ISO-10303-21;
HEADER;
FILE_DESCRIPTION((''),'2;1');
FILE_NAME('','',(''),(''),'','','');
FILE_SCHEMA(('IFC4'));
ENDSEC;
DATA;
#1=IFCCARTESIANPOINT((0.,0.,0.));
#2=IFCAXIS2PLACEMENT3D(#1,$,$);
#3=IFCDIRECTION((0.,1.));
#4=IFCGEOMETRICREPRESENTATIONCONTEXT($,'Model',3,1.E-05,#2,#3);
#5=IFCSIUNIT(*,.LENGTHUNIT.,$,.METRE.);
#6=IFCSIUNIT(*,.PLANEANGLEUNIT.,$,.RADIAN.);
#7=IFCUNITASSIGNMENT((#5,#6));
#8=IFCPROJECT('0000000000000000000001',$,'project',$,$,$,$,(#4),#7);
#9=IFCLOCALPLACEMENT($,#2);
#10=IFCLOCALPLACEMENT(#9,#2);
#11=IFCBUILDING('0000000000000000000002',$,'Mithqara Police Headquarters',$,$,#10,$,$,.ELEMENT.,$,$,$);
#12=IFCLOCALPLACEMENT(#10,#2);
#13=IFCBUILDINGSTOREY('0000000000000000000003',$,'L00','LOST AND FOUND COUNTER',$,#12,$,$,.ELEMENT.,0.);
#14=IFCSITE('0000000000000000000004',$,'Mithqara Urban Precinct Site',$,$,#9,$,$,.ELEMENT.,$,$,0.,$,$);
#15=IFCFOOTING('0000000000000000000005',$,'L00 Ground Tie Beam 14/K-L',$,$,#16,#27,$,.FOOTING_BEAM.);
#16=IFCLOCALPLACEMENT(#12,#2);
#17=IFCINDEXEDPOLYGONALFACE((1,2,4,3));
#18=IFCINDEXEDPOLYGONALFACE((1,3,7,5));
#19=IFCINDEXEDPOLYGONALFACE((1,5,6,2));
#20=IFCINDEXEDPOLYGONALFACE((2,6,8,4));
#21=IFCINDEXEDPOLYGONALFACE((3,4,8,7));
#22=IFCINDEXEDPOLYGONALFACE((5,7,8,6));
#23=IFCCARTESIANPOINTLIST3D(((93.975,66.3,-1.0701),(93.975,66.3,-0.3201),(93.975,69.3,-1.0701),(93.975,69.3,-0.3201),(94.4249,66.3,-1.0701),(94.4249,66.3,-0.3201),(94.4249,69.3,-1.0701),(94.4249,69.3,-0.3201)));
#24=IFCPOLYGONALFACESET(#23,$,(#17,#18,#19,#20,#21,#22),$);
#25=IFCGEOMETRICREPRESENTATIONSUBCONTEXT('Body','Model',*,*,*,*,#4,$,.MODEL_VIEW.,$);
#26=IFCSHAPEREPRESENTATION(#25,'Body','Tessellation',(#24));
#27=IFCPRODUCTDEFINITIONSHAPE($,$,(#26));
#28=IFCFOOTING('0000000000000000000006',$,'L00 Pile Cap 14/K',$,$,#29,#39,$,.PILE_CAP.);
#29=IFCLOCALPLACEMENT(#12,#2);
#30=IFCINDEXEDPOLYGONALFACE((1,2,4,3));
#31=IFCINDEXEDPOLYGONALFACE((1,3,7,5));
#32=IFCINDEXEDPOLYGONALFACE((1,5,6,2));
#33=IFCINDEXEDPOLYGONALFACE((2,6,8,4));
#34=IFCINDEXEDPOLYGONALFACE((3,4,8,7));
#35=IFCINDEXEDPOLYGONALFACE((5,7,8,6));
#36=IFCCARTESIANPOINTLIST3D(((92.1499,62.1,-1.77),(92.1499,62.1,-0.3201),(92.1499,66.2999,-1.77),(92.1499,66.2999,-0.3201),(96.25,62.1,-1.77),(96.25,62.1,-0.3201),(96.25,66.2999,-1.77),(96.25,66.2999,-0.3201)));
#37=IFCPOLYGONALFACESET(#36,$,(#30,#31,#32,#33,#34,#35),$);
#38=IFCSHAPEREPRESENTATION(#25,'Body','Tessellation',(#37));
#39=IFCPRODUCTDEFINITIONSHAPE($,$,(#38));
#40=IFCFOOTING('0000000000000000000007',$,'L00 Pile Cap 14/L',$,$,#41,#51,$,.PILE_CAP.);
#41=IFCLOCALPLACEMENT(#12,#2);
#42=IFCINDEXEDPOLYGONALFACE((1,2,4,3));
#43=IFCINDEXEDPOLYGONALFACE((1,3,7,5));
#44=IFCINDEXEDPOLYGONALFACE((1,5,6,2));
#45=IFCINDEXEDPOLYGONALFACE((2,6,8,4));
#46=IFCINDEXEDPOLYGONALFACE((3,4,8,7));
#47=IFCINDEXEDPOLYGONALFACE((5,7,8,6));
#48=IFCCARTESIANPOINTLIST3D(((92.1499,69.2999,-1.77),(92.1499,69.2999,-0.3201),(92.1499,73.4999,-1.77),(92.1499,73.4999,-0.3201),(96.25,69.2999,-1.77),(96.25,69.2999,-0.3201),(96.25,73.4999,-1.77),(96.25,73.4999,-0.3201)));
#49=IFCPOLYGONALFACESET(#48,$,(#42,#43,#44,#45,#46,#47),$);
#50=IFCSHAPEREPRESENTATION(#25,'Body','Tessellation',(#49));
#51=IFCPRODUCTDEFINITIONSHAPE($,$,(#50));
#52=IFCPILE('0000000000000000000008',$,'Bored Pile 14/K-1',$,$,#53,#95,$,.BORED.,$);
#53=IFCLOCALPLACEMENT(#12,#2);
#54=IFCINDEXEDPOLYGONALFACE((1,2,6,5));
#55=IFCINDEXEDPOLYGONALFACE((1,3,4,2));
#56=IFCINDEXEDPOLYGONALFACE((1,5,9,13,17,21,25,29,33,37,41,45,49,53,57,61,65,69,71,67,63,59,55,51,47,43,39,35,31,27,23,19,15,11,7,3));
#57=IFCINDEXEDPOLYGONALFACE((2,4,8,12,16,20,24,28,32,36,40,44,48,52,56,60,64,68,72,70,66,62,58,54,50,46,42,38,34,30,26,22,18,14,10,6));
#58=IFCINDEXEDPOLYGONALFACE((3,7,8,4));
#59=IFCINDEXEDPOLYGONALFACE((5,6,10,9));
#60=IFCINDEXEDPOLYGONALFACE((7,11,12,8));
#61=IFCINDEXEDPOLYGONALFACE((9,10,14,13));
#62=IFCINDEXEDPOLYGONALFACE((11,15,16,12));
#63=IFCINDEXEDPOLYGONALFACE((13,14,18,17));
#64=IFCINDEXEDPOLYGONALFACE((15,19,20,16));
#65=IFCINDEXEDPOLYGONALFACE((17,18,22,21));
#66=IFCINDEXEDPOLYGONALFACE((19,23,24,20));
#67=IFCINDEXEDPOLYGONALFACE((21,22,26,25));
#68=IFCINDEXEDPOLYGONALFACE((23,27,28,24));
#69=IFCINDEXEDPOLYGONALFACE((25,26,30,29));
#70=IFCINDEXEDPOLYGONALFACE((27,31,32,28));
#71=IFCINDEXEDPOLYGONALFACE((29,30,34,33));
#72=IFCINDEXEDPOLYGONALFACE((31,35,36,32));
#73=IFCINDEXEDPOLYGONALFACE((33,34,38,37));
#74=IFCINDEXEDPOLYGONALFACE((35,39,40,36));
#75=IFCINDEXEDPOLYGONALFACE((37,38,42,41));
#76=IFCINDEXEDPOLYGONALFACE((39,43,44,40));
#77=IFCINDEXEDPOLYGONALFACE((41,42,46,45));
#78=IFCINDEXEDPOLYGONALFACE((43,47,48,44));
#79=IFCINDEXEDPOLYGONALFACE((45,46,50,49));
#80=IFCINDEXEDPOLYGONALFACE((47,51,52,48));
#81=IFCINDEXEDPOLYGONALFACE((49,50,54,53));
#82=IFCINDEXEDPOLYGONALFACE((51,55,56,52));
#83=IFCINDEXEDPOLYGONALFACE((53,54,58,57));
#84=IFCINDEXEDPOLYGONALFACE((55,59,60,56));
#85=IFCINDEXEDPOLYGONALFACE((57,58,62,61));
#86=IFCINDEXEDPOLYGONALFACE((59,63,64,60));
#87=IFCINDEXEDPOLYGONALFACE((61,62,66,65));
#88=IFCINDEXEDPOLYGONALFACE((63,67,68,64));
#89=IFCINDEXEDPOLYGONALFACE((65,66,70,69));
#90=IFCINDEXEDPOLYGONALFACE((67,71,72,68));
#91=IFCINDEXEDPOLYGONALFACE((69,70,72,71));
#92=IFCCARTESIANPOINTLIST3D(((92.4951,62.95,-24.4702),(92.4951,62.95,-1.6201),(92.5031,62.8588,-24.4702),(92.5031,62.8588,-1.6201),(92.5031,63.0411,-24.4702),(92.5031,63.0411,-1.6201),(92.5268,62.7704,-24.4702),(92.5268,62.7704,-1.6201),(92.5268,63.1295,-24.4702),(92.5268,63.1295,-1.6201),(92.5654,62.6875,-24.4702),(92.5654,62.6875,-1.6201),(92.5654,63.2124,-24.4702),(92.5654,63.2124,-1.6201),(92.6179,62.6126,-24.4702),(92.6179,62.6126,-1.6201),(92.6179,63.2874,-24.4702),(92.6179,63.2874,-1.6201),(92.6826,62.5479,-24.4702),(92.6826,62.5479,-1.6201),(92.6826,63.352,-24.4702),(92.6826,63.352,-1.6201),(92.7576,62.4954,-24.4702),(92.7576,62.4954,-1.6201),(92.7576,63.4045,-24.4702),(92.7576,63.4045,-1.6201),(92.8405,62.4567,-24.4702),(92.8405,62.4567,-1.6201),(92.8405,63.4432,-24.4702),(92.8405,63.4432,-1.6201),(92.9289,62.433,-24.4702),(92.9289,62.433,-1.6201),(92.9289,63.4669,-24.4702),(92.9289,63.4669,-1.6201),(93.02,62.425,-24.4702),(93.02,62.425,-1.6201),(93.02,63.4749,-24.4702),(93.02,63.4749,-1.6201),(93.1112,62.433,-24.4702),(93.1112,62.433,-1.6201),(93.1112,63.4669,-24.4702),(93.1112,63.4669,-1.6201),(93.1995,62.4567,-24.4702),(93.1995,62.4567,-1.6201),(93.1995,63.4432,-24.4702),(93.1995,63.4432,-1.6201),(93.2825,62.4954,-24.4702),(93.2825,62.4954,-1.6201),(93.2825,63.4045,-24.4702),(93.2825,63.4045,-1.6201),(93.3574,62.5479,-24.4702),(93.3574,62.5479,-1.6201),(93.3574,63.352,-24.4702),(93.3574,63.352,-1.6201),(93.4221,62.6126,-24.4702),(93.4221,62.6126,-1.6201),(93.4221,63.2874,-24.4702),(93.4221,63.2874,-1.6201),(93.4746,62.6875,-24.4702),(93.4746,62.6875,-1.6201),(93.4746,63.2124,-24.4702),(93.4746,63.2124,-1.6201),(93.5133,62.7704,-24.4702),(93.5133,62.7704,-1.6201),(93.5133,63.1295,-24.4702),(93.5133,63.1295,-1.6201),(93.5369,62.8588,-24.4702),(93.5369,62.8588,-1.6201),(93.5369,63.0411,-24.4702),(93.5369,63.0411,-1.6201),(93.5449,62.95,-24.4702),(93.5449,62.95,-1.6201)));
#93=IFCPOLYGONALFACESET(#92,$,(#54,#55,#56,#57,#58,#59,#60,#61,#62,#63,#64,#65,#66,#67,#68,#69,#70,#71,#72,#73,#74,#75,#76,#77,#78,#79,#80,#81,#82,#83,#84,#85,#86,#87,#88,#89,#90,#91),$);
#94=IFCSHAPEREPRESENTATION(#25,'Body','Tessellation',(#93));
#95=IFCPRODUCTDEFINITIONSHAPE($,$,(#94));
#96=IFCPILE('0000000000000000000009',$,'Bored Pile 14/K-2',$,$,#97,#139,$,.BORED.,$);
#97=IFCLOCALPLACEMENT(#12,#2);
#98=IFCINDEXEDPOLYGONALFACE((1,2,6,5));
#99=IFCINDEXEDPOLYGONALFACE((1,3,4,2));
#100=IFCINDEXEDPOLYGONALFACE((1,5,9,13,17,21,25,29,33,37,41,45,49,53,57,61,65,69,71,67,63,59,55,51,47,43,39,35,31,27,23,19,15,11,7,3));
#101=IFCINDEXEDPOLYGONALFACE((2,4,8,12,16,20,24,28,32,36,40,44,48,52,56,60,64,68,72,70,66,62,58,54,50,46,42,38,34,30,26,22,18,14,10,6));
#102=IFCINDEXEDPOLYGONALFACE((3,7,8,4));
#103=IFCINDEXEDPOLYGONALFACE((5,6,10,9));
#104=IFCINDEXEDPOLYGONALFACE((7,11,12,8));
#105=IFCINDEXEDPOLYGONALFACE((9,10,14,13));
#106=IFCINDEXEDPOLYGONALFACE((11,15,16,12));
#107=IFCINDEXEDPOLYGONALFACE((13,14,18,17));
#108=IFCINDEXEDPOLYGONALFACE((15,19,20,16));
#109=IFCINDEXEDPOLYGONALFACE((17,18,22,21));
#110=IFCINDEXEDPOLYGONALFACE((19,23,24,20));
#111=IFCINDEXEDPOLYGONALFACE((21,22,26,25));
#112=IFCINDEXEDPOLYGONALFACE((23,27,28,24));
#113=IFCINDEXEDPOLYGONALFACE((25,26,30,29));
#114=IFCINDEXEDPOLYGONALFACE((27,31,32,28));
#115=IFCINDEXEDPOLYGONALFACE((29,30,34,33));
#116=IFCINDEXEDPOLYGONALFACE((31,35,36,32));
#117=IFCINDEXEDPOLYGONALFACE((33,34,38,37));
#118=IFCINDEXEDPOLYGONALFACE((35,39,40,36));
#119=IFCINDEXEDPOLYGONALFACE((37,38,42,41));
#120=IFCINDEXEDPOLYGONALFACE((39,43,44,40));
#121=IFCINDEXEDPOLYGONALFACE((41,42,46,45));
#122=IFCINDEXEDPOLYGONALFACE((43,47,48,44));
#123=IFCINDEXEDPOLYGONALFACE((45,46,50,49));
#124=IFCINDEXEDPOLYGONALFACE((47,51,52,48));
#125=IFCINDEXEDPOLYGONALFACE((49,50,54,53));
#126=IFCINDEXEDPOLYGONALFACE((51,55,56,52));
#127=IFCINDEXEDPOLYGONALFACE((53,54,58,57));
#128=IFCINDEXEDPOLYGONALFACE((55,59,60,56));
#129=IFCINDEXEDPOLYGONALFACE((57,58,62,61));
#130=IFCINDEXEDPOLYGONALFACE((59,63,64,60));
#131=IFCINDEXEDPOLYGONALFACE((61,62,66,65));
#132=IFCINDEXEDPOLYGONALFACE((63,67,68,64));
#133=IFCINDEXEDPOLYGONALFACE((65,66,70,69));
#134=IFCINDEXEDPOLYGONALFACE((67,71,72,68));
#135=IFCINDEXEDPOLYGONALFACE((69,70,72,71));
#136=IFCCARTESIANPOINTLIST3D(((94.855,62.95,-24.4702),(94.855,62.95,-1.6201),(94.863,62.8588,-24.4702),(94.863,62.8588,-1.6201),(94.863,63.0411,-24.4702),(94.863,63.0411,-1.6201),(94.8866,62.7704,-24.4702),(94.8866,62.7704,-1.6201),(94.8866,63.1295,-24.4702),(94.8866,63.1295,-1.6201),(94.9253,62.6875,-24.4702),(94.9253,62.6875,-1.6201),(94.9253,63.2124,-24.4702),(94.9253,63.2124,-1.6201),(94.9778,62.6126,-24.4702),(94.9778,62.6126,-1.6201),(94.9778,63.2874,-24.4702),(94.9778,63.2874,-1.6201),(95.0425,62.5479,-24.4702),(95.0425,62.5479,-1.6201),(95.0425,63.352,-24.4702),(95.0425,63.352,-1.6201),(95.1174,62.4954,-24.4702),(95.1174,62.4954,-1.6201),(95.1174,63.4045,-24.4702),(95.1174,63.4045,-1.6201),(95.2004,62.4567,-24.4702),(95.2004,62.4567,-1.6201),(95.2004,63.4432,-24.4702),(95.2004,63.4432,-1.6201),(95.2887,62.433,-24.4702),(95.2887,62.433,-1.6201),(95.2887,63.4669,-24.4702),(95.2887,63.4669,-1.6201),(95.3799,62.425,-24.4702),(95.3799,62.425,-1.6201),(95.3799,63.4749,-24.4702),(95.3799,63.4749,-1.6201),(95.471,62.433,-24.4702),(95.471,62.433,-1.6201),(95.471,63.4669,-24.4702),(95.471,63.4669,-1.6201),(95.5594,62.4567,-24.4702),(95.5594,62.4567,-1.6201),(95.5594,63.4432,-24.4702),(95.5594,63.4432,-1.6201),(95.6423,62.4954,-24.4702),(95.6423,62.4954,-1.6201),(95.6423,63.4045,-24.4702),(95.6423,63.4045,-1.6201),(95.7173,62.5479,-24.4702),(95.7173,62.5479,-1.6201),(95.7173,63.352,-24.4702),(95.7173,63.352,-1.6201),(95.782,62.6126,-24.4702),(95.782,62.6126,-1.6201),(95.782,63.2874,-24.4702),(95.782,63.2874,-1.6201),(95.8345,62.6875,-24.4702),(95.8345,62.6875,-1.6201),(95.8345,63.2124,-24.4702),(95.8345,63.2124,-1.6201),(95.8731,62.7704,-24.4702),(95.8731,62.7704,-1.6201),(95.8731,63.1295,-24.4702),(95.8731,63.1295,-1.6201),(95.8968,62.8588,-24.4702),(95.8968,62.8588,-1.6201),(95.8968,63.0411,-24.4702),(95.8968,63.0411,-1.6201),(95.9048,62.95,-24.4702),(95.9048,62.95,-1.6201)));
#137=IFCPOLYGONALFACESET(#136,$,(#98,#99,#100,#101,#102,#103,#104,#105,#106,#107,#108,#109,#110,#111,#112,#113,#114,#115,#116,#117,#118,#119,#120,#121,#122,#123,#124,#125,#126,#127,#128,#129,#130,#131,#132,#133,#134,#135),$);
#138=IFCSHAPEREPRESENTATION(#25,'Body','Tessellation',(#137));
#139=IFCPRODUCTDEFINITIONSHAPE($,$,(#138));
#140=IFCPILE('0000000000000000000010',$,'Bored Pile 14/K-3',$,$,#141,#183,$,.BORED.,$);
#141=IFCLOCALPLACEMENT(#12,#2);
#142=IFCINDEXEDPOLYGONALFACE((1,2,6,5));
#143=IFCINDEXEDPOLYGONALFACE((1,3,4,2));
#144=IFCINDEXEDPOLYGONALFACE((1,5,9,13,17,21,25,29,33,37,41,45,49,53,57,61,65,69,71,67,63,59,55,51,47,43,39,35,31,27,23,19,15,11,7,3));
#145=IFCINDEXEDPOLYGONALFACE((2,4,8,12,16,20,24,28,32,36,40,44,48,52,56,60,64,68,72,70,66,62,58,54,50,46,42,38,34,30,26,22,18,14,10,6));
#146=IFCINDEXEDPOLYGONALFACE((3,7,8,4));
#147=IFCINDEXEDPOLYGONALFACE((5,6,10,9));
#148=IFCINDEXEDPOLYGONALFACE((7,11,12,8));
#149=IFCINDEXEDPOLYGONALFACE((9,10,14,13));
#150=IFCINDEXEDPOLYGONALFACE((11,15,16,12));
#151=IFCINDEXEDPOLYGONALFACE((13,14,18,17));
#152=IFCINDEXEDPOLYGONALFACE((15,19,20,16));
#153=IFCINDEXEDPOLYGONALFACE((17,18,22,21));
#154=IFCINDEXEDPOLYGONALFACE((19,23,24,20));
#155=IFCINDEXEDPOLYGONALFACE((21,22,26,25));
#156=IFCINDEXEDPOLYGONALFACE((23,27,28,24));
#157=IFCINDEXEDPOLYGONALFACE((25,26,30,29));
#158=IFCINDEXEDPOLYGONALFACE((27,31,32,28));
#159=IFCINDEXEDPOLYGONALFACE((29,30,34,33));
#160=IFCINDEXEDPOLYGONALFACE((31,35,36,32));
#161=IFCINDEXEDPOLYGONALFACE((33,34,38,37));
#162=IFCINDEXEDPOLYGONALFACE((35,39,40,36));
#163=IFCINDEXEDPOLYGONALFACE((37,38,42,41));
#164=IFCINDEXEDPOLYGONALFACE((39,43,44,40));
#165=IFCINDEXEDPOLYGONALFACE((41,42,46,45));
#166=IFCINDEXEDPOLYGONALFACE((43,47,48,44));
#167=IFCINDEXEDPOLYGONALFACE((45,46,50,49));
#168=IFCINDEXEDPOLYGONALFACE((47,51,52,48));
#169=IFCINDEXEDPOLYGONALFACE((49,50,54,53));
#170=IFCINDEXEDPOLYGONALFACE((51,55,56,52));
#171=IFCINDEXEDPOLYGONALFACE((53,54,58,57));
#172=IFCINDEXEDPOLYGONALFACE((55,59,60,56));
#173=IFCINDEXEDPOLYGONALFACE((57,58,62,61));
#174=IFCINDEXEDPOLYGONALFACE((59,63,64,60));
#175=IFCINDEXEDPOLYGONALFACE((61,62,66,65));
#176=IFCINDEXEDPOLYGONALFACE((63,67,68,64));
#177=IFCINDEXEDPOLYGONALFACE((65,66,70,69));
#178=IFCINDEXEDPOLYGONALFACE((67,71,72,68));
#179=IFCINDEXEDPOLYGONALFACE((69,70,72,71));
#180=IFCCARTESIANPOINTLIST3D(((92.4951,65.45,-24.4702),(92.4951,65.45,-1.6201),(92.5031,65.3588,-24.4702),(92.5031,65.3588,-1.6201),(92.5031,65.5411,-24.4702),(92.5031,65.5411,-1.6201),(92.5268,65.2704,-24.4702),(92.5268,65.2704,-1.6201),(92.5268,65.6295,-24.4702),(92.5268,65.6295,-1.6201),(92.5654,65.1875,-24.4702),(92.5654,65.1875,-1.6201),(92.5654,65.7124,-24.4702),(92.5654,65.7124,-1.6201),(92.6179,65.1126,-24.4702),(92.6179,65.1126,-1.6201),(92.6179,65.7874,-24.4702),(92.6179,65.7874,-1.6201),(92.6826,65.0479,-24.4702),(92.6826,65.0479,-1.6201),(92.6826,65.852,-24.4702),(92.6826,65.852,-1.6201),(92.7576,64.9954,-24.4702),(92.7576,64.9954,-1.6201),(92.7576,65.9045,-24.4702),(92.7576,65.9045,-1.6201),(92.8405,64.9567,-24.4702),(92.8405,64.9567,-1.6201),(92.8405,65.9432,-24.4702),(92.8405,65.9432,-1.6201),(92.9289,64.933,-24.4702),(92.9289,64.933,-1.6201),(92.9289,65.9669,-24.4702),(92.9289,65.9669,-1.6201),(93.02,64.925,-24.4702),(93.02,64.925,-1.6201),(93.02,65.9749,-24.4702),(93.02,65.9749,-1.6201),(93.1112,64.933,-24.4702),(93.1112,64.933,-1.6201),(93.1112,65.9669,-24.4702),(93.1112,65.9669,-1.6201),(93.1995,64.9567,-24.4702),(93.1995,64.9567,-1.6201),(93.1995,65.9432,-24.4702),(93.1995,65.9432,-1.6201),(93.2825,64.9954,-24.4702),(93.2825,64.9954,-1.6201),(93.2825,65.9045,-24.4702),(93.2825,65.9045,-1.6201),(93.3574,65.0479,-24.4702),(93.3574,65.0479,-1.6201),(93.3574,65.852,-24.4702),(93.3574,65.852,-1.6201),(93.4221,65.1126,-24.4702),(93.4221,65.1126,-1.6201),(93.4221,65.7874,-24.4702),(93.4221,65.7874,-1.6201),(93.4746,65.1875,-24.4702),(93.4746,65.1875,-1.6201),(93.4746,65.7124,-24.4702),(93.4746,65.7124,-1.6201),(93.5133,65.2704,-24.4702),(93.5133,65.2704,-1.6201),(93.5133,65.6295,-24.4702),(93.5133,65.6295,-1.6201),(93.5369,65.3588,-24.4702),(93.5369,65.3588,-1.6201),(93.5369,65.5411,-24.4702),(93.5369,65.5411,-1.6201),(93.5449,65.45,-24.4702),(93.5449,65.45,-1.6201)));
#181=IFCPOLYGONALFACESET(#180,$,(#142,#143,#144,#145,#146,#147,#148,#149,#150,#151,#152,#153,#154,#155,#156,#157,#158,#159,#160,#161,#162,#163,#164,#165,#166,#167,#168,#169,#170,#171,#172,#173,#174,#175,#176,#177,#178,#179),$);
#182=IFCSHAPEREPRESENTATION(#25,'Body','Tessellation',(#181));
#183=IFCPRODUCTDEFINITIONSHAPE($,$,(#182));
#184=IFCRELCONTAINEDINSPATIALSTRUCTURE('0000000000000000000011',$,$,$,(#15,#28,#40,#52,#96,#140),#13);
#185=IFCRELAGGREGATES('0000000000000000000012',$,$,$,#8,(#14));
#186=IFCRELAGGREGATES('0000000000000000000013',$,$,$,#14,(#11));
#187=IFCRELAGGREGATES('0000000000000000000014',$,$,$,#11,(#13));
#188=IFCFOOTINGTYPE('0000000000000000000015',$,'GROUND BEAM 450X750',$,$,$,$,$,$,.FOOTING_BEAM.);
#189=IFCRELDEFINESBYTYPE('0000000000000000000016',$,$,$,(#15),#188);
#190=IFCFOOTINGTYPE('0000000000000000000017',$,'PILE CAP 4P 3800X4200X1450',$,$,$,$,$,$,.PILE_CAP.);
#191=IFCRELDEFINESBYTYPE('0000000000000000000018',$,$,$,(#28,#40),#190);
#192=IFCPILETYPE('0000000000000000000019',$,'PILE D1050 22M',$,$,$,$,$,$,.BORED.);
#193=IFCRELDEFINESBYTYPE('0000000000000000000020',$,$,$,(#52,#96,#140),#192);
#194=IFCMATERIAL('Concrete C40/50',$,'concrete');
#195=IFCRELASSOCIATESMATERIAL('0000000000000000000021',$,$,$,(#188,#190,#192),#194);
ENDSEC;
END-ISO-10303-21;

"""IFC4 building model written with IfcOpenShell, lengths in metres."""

from ifc_helpers import new_model, si_unit, direction, frame, origin, origin_2d, place, context, subcontext, project, spatial, rectangle, circle, extrude, material, material_profile, profile_set, type_object, element, save


model = new_model("IFC4")

# Units and contexts
model_context = context("Model", 3, precision=1e-05, world=origin(), true_north=direction((0.0, 1.0)))
body_context = subcontext(model_context, "Body", "Model", "MODEL_VIEW")
ifc_project = project(units=[si_unit("LENGTHUNIT", "METRE"), si_unit("PLANEANGLEUNIT", "RADIAN")], contexts=[model_context])

# Site, building, storey
site_placement = place(None, origin())
site = spatial("IfcSite", under=ifc_project, at=site_placement, Name="Mithqara Urban Precinct Site", CompositionType="ELEMENT", RefElevation=0.0)
building_placement = place(site_placement, origin())
building = spatial("IfcBuilding", under=site, at=building_placement, Name="Mithqara Police Headquarters", CompositionType="ELEMENT")
storey_placement = place(building_placement, origin())
storey = spatial("IfcBuildingStorey", under=building, at=storey_placement, Name="L00", Description="LOST AND FOUND COUNTER", CompositionType="ELEMENT", Elevation=0.0)

# Footings
ifc_material_1 = material(Name="Concrete C40/50", Category="concrete")
footing_type_1 = type_object("IfcFootingType", Name="GROUND BEAM 450X750", PredefinedType="FOOTING_BEAM", material=ifc_material_1)
footing_placement = place(storey_placement, frame((94.2, 67.8, -1.0701), z_axis=(0.0, 0.0, 1.0), x_axis=(1.0, 0.0, 0.0)))
element("IfcFooting", 1, at=footing_placement, inside=storey, type_object=footing_type_1, Name="L00 Ground Tie Beam 14/K-L", PredefinedType="FOOTING_BEAM", context=body_context, shape_type="SweptSolid", body=[
    extrude(rectangle(XDim=0.45, YDim=3.0, at=origin_2d()), origin(), (0.0, 0.0, 1.0), 0.75),
])
footing_type_2 = type_object("IfcFootingType", Name="PILE CAP 4P 3800X4200X1450", PredefinedType="PILE_CAP", material=ifc_material_1)
for number, where, z_axis, x_axis, name in (
    (2, (94.2, 64.2, -1.77), (0.0, 0.0, 1.0), (1.0, 0.0, 0.0), "L00 Pile Cap 14/K"),
    (3, (94.2, 71.3999, -1.77), (0.0, 0.0, 1.0), (1.0, 0.0, 0.0), "L00 Pile Cap 14/L"),
):
    element("IfcFooting", number, at=place(storey_placement, frame(where, z_axis=z_axis, x_axis=x_axis)), inside=storey, type_object=footing_type_2, Name=name, PredefinedType="PILE_CAP", context=body_context, shape_type="SweptSolid", body=[
        extrude(rectangle(XDim=4.1001, YDim=4.2, at=origin_2d()), origin(), (0.0, 0.0, 1.0), 1.45),
    ])

# Piles
ifc_material_profile_1 = material_profile(ifc_material_1, circle(Radius=0.5249, at=origin_2d()), Name="PILE D1050")
ifc_profile_set_1 = profile_set([ifc_material_profile_1], Name="Concrete C40/50")
pile_type = type_object("IfcPileType", Name="PILE D1050 22M", PredefinedType="BORED", material=ifc_profile_set_1)
for number, where, z_axis, x_axis, name in (
    (4, (93.02, 62.95, -1.6201), (0.0, 0.0, -1.0), (1.0, 0.0, 0.0), "Bored Pile 14/K-1"),
    (5, (95.3799, 62.95, -1.6201), (0.0, 0.0, -1.0), (1.0, 0.0, 0.0), "Bored Pile 14/K-2"),
    (6, (93.02, 65.45, -1.6201), (0.0, 0.0, -1.0), (1.0, 0.0, 0.0), "Bored Pile 14/K-3"),
):
    element("IfcPile", number, at=place(storey_placement, frame(where, z_axis=z_axis, x_axis=x_axis)), inside=storey, type_object=pile_type, Name=name, PredefinedType="BORED", context=body_context, shape_type="SweptSolid", body=[
        extrude(circle(Radius=0.5249, at=origin_2d()), origin(), (0.0, 0.0, 1.0), 22.8501),
    ])

save(model, "model.ifc")
